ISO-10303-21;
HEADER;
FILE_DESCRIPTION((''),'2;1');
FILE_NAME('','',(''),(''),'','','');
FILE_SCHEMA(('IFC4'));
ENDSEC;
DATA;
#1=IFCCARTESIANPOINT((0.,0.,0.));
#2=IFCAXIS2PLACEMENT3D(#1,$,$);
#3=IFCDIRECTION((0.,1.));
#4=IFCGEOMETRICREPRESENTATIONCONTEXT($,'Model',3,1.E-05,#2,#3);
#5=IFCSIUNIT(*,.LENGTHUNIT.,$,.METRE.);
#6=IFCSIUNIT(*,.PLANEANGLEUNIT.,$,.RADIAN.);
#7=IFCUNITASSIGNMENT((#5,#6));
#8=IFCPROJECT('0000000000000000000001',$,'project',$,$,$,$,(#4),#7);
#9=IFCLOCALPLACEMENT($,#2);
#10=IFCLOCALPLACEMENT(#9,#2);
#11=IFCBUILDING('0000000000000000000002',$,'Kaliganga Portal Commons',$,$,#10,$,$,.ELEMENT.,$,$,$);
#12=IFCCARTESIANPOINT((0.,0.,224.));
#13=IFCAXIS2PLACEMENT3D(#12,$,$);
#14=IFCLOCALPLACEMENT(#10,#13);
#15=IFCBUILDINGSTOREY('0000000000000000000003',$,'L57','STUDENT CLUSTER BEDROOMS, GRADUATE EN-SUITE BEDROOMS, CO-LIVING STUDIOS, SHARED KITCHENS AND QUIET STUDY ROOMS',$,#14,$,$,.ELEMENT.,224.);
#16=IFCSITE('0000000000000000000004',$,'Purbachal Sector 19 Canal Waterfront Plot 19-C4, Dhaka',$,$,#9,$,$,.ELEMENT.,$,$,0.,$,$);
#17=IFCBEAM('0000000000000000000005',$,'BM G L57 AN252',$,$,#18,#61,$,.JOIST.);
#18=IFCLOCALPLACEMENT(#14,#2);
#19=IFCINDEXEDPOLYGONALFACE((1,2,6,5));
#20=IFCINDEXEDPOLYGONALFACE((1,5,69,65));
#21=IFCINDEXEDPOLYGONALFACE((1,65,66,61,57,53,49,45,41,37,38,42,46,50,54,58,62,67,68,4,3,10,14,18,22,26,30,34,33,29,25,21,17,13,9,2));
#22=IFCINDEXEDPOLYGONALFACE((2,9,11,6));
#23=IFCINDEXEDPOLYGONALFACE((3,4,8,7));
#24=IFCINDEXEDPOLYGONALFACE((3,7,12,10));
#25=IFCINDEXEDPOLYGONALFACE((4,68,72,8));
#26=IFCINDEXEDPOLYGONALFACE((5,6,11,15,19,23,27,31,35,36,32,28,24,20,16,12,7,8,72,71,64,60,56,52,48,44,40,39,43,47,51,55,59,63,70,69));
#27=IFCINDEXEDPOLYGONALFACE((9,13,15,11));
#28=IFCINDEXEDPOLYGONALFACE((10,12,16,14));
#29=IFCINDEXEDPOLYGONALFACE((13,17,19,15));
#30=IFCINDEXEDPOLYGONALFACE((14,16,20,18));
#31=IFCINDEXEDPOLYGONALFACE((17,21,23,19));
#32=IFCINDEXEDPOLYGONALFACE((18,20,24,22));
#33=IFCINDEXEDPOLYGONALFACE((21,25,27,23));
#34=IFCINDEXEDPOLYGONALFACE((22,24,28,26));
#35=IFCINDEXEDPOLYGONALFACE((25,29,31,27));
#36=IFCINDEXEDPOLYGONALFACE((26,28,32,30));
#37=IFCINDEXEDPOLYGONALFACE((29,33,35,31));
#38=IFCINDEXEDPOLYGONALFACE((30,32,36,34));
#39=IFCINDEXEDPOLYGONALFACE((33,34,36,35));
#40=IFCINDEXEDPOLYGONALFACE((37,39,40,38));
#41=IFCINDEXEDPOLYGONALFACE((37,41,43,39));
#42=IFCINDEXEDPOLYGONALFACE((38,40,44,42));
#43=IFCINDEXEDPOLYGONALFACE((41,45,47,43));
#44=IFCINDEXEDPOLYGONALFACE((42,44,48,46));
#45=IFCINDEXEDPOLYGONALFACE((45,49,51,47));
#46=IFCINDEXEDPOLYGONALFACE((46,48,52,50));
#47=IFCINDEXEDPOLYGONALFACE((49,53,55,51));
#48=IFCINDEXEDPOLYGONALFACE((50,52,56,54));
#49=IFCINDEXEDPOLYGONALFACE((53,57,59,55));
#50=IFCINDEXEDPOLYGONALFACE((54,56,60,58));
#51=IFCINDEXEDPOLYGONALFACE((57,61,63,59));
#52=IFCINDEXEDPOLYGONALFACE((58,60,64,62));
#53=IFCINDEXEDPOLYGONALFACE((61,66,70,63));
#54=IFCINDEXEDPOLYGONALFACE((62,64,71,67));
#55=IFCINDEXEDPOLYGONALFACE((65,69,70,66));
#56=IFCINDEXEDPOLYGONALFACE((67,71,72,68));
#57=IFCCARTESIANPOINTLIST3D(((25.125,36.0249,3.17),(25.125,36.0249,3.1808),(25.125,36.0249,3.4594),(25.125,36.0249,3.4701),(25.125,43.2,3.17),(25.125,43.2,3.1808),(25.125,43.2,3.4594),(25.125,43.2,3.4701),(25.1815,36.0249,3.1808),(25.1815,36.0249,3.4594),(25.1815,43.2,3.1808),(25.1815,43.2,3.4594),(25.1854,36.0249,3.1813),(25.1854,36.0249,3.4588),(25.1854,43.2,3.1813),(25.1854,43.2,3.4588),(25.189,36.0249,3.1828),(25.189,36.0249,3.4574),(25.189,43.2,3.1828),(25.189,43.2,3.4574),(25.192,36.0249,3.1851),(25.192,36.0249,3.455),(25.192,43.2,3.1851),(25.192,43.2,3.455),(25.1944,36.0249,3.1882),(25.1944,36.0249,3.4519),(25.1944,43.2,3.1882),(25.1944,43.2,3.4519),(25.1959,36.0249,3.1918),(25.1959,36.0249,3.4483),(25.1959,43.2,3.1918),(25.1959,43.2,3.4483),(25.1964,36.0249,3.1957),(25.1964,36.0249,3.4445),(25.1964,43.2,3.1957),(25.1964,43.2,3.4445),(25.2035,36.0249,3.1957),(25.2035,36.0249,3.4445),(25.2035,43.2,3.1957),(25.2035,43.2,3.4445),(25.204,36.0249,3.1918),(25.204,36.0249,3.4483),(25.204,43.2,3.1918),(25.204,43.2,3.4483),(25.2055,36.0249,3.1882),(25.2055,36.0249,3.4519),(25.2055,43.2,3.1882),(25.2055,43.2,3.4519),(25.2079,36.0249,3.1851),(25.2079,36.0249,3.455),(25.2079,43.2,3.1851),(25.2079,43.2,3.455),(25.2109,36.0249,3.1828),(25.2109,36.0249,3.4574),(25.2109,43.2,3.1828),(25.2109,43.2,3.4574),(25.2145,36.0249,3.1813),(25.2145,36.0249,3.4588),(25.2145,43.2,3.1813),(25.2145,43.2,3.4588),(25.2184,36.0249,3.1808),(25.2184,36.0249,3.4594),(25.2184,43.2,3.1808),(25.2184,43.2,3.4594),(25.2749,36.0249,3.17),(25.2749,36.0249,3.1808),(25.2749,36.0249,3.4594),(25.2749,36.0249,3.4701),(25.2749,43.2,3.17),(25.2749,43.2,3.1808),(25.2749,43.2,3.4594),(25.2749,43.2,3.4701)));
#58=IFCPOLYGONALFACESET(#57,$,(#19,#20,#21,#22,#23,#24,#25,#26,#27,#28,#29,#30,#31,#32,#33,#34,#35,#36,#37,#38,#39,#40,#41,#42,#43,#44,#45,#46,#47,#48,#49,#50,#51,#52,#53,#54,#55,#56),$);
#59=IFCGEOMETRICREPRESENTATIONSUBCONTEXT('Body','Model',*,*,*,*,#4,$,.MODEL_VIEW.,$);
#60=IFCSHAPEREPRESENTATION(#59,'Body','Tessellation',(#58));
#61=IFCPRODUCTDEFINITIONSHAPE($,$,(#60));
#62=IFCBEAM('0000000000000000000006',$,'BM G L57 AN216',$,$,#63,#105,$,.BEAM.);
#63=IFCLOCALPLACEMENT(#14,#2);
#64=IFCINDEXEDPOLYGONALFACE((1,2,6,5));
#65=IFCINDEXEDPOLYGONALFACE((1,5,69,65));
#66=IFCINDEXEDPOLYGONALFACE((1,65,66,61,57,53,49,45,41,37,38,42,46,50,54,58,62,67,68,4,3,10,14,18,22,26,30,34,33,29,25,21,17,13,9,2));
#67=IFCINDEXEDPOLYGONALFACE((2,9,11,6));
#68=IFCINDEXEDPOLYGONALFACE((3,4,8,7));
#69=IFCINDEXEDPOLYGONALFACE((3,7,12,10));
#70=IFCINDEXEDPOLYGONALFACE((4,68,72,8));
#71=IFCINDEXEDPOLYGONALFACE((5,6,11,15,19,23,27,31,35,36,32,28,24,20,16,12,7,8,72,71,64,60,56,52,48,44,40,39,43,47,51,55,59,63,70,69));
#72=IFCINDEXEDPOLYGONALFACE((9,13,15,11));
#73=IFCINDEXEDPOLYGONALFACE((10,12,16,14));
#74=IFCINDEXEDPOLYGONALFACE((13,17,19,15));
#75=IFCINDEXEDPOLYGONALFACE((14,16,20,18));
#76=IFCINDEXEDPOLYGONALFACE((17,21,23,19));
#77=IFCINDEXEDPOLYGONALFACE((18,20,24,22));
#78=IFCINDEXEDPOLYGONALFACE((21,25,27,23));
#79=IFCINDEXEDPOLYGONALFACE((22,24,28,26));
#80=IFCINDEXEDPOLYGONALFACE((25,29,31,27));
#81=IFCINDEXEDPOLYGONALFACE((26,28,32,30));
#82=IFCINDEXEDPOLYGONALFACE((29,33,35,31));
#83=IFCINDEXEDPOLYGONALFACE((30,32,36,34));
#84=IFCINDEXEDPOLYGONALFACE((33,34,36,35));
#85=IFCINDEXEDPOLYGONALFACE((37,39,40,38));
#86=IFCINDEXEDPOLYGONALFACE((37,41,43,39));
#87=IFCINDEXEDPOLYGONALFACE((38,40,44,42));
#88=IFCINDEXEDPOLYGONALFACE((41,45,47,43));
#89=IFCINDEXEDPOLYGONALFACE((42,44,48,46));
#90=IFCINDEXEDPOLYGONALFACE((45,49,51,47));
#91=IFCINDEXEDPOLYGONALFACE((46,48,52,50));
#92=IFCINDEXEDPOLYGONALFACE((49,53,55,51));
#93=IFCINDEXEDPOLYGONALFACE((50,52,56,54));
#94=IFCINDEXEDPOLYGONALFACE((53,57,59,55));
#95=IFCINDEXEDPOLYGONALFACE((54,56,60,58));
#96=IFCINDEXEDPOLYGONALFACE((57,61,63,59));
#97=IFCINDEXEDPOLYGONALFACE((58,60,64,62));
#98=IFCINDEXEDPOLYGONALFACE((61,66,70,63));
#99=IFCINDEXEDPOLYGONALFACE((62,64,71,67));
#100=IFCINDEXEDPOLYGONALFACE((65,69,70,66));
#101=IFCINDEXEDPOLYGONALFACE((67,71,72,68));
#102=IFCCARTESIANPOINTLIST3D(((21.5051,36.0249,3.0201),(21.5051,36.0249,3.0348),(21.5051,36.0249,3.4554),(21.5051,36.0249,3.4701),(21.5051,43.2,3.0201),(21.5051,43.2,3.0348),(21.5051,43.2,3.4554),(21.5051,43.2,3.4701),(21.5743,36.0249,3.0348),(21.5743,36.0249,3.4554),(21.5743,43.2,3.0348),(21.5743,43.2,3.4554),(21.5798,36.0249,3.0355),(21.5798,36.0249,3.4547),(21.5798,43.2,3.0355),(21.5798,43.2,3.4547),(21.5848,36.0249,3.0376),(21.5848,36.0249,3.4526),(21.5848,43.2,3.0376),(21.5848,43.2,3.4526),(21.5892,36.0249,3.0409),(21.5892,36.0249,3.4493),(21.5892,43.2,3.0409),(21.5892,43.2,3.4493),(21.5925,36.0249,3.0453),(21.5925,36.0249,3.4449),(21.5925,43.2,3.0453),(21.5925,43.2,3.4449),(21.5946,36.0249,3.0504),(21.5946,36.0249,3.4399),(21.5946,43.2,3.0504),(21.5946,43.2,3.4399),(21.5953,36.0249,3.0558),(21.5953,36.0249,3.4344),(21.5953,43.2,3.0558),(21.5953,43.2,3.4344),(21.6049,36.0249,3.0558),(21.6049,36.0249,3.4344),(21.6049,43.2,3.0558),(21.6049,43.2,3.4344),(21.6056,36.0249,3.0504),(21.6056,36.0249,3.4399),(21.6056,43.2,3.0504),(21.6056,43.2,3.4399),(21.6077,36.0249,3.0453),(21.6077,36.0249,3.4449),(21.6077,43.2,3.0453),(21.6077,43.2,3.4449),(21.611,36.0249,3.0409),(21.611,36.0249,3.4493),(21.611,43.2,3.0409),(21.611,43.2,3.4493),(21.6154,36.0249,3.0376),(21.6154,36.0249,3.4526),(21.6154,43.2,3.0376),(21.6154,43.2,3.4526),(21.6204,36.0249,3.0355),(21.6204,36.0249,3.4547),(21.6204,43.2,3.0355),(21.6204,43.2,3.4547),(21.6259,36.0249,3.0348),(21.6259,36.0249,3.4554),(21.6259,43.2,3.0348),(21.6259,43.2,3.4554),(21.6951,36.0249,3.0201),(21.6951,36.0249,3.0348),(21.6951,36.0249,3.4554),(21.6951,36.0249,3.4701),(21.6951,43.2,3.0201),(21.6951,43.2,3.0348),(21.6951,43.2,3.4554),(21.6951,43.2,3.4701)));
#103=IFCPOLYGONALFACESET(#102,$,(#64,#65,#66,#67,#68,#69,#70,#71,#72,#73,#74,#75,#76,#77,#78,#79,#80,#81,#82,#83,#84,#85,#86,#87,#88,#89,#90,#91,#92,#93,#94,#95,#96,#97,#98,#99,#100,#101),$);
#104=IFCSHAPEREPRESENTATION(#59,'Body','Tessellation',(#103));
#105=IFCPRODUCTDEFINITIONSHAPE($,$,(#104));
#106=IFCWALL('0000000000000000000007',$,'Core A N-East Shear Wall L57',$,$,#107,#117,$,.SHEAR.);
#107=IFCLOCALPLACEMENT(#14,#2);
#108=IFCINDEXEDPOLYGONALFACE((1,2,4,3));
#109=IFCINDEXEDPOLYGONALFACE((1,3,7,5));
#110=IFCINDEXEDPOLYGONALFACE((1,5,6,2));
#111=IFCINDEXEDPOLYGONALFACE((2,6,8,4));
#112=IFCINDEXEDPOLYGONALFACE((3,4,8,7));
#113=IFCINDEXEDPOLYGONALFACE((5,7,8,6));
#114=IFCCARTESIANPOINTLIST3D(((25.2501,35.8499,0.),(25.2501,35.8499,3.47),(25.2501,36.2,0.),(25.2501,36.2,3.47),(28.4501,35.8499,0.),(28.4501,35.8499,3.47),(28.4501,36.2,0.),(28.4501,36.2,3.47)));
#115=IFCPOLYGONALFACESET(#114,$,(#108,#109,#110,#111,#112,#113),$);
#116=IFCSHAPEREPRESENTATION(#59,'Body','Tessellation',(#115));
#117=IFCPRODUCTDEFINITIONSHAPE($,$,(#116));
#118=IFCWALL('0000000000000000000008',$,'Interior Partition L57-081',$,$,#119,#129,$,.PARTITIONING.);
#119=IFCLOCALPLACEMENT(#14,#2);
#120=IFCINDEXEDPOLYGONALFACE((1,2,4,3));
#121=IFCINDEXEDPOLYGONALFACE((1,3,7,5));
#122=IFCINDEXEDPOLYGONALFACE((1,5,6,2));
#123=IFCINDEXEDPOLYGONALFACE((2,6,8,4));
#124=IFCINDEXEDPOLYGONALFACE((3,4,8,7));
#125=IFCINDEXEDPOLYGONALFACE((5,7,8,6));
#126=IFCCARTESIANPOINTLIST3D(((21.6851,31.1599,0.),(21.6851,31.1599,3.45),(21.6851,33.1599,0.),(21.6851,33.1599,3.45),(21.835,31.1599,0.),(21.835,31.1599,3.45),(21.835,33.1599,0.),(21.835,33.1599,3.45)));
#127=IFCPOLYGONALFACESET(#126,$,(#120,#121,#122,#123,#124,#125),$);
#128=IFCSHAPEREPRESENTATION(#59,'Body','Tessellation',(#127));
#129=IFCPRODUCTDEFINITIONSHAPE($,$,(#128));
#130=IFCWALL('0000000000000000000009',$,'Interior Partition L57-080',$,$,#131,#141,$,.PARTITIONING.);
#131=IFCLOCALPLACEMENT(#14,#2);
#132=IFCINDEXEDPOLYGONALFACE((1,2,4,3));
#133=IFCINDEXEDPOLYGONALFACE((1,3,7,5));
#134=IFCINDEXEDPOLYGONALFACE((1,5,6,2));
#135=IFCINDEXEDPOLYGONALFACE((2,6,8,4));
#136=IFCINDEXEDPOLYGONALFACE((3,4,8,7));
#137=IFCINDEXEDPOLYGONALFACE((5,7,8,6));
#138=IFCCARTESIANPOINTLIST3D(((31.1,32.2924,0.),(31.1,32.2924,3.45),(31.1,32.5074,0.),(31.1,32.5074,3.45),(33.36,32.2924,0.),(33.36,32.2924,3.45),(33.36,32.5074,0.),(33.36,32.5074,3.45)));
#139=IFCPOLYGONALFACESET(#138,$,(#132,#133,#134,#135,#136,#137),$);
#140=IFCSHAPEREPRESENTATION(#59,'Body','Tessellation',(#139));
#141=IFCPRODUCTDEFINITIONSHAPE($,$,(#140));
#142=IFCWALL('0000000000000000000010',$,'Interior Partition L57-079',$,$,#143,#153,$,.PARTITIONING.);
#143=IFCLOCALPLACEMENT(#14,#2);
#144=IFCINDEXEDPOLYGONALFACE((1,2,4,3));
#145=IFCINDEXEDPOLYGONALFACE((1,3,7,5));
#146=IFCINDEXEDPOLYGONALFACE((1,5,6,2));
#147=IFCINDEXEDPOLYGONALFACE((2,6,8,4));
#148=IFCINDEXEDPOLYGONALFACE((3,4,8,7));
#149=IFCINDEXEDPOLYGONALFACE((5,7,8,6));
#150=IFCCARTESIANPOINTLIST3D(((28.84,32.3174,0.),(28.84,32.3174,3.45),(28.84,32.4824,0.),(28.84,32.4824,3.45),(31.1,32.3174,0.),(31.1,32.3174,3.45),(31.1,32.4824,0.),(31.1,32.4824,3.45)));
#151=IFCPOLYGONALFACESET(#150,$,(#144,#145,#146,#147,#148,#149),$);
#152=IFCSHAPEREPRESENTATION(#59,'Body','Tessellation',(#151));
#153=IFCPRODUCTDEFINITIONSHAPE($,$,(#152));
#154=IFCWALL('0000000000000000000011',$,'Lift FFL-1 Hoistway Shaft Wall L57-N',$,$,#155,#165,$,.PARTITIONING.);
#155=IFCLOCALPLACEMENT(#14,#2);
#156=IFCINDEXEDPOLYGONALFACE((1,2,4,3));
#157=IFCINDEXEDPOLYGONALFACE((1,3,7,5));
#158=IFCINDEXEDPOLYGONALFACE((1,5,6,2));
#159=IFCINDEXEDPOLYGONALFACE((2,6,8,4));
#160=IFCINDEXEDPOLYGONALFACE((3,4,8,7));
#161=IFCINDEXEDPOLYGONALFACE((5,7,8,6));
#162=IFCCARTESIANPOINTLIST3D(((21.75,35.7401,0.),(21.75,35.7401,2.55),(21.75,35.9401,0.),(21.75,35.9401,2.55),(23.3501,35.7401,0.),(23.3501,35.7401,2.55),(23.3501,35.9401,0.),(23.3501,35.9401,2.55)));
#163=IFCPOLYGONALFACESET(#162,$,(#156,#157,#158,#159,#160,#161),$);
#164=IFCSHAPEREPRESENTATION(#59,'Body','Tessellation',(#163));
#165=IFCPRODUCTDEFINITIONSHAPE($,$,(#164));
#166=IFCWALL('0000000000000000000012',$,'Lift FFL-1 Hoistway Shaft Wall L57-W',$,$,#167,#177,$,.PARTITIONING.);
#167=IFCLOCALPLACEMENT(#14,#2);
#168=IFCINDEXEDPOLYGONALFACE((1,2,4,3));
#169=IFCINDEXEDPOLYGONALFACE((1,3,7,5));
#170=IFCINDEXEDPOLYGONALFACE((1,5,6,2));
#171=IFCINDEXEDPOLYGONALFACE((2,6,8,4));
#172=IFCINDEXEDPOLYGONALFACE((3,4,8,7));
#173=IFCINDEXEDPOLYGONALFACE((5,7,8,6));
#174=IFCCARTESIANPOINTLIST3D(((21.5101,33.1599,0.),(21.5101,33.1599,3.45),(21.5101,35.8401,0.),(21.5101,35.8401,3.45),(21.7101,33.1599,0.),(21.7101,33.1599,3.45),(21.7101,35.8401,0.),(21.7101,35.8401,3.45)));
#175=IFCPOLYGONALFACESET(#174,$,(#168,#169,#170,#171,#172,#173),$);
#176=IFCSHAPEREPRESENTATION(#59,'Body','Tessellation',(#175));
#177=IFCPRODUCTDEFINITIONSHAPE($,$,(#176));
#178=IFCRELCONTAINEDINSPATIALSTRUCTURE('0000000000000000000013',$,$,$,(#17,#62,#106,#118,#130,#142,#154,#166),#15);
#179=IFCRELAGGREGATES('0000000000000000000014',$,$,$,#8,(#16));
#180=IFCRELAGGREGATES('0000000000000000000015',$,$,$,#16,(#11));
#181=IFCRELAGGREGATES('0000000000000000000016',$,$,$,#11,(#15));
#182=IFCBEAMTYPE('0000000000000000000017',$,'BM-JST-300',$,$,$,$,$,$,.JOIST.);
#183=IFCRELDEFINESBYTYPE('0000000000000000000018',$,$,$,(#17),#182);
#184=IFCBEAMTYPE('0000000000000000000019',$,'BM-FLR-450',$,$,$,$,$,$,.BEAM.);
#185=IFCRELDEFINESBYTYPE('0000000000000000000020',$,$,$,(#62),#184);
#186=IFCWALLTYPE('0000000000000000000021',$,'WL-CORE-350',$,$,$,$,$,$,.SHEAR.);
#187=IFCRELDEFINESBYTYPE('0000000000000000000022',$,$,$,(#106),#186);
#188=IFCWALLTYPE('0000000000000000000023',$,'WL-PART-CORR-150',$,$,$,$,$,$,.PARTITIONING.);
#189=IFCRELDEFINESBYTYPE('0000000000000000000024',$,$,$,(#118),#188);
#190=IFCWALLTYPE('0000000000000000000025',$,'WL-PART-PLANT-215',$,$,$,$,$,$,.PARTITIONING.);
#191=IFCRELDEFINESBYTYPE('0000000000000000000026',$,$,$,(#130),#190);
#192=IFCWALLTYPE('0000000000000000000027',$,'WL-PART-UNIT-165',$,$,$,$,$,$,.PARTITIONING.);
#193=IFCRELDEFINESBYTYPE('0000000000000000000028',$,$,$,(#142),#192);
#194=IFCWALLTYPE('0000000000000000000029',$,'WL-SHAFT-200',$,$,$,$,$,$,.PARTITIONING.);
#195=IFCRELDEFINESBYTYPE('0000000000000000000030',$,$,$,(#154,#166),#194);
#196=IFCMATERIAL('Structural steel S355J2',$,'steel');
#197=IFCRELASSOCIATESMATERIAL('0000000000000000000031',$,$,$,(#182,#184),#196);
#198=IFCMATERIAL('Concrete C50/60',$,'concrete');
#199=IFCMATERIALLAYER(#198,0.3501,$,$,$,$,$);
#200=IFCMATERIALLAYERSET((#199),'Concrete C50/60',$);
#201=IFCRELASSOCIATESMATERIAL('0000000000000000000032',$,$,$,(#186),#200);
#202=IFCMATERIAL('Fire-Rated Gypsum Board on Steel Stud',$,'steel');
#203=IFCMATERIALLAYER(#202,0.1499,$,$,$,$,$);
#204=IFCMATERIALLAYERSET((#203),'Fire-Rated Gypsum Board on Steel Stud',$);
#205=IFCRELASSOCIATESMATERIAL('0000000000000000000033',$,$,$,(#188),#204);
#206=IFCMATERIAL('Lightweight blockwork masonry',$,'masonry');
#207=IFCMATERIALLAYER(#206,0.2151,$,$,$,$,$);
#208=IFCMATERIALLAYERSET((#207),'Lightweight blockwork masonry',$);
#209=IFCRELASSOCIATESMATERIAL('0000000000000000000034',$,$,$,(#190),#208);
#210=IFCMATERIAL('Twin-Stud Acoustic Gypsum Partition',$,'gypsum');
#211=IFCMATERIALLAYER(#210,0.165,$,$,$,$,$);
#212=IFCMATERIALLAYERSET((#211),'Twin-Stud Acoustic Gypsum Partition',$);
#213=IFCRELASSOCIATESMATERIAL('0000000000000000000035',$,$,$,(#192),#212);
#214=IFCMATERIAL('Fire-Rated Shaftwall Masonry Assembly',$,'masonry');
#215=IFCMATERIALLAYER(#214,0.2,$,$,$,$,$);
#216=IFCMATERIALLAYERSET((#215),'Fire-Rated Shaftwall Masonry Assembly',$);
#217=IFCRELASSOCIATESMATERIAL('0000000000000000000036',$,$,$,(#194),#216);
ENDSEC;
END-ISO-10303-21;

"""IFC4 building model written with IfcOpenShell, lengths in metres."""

from ifc_helpers import new_model, si_unit, direction, frame, frame_2d, origin, origin_2d, place, context, subcontext, project, spatial, rectangle, i_section, extrude, source, transform, mapped, material, layer, layer_set, material_profile, profile_set, type_object, element, save


model = new_model("IFC4")

# Units and contexts
model_context = context("Model", 3, precision=1e-05, world=origin(), true_north=direction((0.0, 1.0)))
body_context = subcontext(model_context, "Body", "Model", "MODEL_VIEW")
ifc_project = project(units=[si_unit("LENGTHUNIT", "METRE"), si_unit("PLANEANGLEUNIT", "RADIAN")], contexts=[model_context])

# Site, building, storey
site_placement = place(None, origin())
site = spatial("IfcSite", under=ifc_project, at=site_placement, Name="Purbachal Sector 19 Canal Waterfront Plot 19-C4, Dhaka", CompositionType="ELEMENT", RefElevation=0.0)
building_placement = place(site_placement, origin())
building = spatial("IfcBuilding", under=site, at=building_placement, Name="Kaliganga Portal Commons", CompositionType="ELEMENT")
storey_placement = place(building_placement, frame((0.0, 0.0, 224.0)))
storey = spatial("IfcBuildingStorey", under=building, at=storey_placement, Name="L57", Description="STUDENT CLUSTER BEDROOMS, GRADUATE EN-SUITE BEDROOMS, CO-LIVING STUDIOS, SHARED KITCHENS AND QUIET STUDY ROOMS", CompositionType="ELEMENT", Elevation=224.0)

# Beams
ifc_material_1 = material(Name="Structural steel S355J2", Category="steel")
ifc_material_profile_1 = material_profile(ifc_material_1, i_section(OverallWidth=0.1499, OverallDepth=0.3, WebThickness=0.0071, FlangeThickness=0.0107, FilletRadius=0.0149, at=origin_2d()), Name="IPE 300")
ifc_profile_set_1 = profile_set([ifc_material_profile_1], Name="Structural steel S355J2 wide-flange")
beam_type_1 = type_object("IfcBeamType", Name="BM-JST-300", PredefinedType="JOIST", material=ifc_profile_set_1)
shared_shape_1 = source(origin(), body_context, "Body", "SweptSolid", [
    extrude(i_section(OverallWidth=0.1499, OverallDepth=0.3, WebThickness=0.0071, FlangeThickness=0.0107, FilletRadius=0.0149, at=origin_2d()), origin(), (0.0, 0.0, 1.0), 7.175),
])
beam_1_placement = place(storey_placement, frame((25.2, 36.0249, 3.3201), z_axis=(0.0, 1.0, 0.0), x_axis=(-1.0, 0.0, 0.0)))
element("IfcBeam", 1, at=beam_1_placement, inside=storey, type_object=beam_type_1, Name="BM G L57 AN252", PredefinedType="JOIST", context=body_context, shape_type="MappedRepresentation", body=[
    mapped(shared_shape_1, transform((0.0, 0.0, 0.0), x_axis=(1.0, 0.0, 0.0), y_axis=(0.0, 1.0, 0.0), z_axis=(0.0, 0.0, 1.0), scale=1.0)),
])
ifc_material_profile_2 = material_profile(ifc_material_1, i_section(OverallWidth=0.1899, OverallDepth=0.45, WebThickness=0.0095, FlangeThickness=0.0146, FilletRadius=0.021, at=origin_2d()), Name="IPE 450")
ifc_profile_set_2 = profile_set([ifc_material_profile_2], Name="Structural steel S355J2 wide-flange")
beam_type_2 = type_object("IfcBeamType", Name="BM-FLR-450", PredefinedType="BEAM", material=ifc_profile_set_2)
shared_shape_2 = source(origin(), body_context, "Body", "SweptSolid", [
    extrude(i_section(OverallWidth=0.1899, OverallDepth=0.45, WebThickness=0.0095, FlangeThickness=0.0146, FilletRadius=0.021, at=origin_2d()), origin(), (0.0, 0.0, 1.0), 7.175),
])
beam_2_placement = place(storey_placement, frame((21.6001, 36.0249, 3.2451), z_axis=(0.0, 1.0, 0.0), x_axis=(-1.0, 0.0, 0.0)))
element("IfcBeam", 2, at=beam_2_placement, inside=storey, type_object=beam_type_2, Name="BM G L57 AN216", PredefinedType="BEAM", context=body_context, shape_type="MappedRepresentation", body=[
    mapped(shared_shape_2, transform((0.0, 0.0, 0.0), x_axis=(1.0, 0.0, 0.0), y_axis=(0.0, 1.0, 0.0), z_axis=(0.0, 0.0, 1.0), scale=1.0)),
])

# Walls
ifc_material_2 = material(Name="Concrete C50/60", Category="concrete")
ifc_layer_1 = layer(ifc_material_2, 0.3501)
ifc_layer_set_1 = layer_set([ifc_layer_1], Name="Concrete C50/60")
wall_type_1 = type_object("IfcWallType", Name="WL-CORE-350", PredefinedType="SHEAR", material=ifc_layer_set_1)
wall_1_placement = place(storey_placement, frame((25.25, 36.0249, 0.0), z_axis=(0.0, 0.0, 1.0), x_axis=(1.0, 0.0, 0.0)))
element("IfcWall", 3, at=wall_1_placement, inside=storey, type_object=wall_type_1, Name="Core A N-East Shear Wall L57", PredefinedType="SHEAR", context=body_context, shape_type="SweptSolid", body=[
    extrude(rectangle(XDim=3.2, YDim=0.3501, at=frame_2d((1.6001, 0.0))), origin(), (0.0, 0.0, 1.0), 3.47),
])
ifc_material_3 = material(Name="Fire-Rated Gypsum Board on Steel Stud", Category="steel")
ifc_layer_2 = layer(ifc_material_3, 0.1499)
ifc_layer_set_2 = layer_set([ifc_layer_2], Name="Fire-Rated Gypsum Board on Steel Stud")
wall_type_2 = type_object("IfcWallType", Name="WL-PART-CORR-150", PredefinedType="PARTITIONING", material=ifc_layer_set_2)
wall_2_placement = place(storey_placement, frame((21.76, 31.1599, 0.0), z_axis=(0.0, 0.0, 1.0), x_axis=(0.0, 1.0, 0.0)))
element("IfcWall", 4, at=wall_2_placement, inside=storey, type_object=wall_type_2, Name="Interior Partition L57-081", PredefinedType="PARTITIONING", context=body_context, shape_type="SweptSolid", body=[
    extrude(rectangle(XDim=2.0, YDim=0.1499, at=frame_2d((1.0, 0.0))), origin(), (0.0, 0.0, 1.0), 3.45),
])
ifc_material_4 = material(Name="Lightweight blockwork masonry", Category="masonry")
ifc_layer_3 = layer(ifc_material_4, 0.2151)
ifc_layer_set_3 = layer_set([ifc_layer_3], Name="Lightweight blockwork masonry")
wall_type_3 = type_object("IfcWallType", Name="WL-PART-PLANT-215", PredefinedType="PARTITIONING", material=ifc_layer_set_3)
wall_3_placement = place(storey_placement, frame((31.1001, 32.3999, 0.0), z_axis=(0.0, 0.0, 1.0), x_axis=(1.0, 0.0, 0.0)))
element("IfcWall", 5, at=wall_3_placement, inside=storey, type_object=wall_type_3, Name="Interior Partition L57-080", PredefinedType="PARTITIONING", context=body_context, shape_type="SweptSolid", body=[
    extrude(rectangle(XDim=2.26, YDim=0.2151, at=frame_2d((1.1299, 0.0))), origin(), (0.0, 0.0, 1.0), 3.45),
])
ifc_material_5 = material(Name="Twin-Stud Acoustic Gypsum Partition", Category="gypsum")
ifc_layer_4 = layer(ifc_material_5, 0.165)
ifc_layer_set_4 = layer_set([ifc_layer_4], Name="Twin-Stud Acoustic Gypsum Partition")
wall_type_4 = type_object("IfcWallType", Name="WL-PART-UNIT-165", PredefinedType="PARTITIONING", material=ifc_layer_set_4)
wall_4_placement = place(storey_placement, frame((28.8401, 32.3999, 0.0), z_axis=(0.0, 0.0, 1.0), x_axis=(1.0, 0.0, 0.0)))
element("IfcWall", 6, at=wall_4_placement, inside=storey, type_object=wall_type_4, Name="Interior Partition L57-079", PredefinedType="PARTITIONING", context=body_context, shape_type="SweptSolid", body=[
    extrude(rectangle(XDim=2.26, YDim=0.165, at=frame_2d((1.1299, 0.0))), origin(), (0.0, 0.0, 1.0), 3.45),
])

# Shared definitions
ifc_material_6 = material(Name="Fire-Rated Shaftwall Masonry Assembly", Category="masonry")
ifc_layer_5 = layer(ifc_material_6, 0.2)
ifc_layer_set_5 = layer_set([ifc_layer_5], Name="Fire-Rated Shaftwall Masonry Assembly")
wall_type_5 = type_object("IfcWallType", Name="WL-SHAFT-200", PredefinedType="PARTITIONING", material=ifc_layer_set_5)

# Walls
wall_5_placement = place(storey_placement, frame((21.75, 35.8401, 0.0), z_axis=(0.0, 0.0, 1.0), x_axis=(1.0, 0.0, 0.0)))
element("IfcWall", 7, at=wall_5_placement, inside=storey, type_object=wall_type_5, Name="Lift FFL-1 Hoistway Shaft Wall L57-N", PredefinedType="PARTITIONING", context=body_context, shape_type="SweptSolid", body=[
    extrude(rectangle(XDim=1.6001, YDim=0.2, at=frame_2d((0.8, 0.0))), origin(), (0.0, 0.0, 1.0), 2.55),
])
for number, where, z_axis, x_axis, name in (
    (8, (21.6101, 33.1599, 0.0), (0.0, 0.0, 1.0), (0.0, 1.0, 0.0), "Lift FFL-1 Hoistway Shaft Wall L57-W"),
):
    element("IfcWall", number, at=place(storey_placement, frame(where, z_axis=z_axis, x_axis=x_axis)), inside=storey, type_object=wall_type_5, Name=name, PredefinedType="PARTITIONING", context=body_context, shape_type="SweptSolid", body=[
        extrude(rectangle(XDim=2.6802, YDim=0.2, at=frame_2d((1.3401, 0.0))), origin(), (0.0, 0.0, 1.0), 3.45),
    ])

save(model, "model.ifc")
